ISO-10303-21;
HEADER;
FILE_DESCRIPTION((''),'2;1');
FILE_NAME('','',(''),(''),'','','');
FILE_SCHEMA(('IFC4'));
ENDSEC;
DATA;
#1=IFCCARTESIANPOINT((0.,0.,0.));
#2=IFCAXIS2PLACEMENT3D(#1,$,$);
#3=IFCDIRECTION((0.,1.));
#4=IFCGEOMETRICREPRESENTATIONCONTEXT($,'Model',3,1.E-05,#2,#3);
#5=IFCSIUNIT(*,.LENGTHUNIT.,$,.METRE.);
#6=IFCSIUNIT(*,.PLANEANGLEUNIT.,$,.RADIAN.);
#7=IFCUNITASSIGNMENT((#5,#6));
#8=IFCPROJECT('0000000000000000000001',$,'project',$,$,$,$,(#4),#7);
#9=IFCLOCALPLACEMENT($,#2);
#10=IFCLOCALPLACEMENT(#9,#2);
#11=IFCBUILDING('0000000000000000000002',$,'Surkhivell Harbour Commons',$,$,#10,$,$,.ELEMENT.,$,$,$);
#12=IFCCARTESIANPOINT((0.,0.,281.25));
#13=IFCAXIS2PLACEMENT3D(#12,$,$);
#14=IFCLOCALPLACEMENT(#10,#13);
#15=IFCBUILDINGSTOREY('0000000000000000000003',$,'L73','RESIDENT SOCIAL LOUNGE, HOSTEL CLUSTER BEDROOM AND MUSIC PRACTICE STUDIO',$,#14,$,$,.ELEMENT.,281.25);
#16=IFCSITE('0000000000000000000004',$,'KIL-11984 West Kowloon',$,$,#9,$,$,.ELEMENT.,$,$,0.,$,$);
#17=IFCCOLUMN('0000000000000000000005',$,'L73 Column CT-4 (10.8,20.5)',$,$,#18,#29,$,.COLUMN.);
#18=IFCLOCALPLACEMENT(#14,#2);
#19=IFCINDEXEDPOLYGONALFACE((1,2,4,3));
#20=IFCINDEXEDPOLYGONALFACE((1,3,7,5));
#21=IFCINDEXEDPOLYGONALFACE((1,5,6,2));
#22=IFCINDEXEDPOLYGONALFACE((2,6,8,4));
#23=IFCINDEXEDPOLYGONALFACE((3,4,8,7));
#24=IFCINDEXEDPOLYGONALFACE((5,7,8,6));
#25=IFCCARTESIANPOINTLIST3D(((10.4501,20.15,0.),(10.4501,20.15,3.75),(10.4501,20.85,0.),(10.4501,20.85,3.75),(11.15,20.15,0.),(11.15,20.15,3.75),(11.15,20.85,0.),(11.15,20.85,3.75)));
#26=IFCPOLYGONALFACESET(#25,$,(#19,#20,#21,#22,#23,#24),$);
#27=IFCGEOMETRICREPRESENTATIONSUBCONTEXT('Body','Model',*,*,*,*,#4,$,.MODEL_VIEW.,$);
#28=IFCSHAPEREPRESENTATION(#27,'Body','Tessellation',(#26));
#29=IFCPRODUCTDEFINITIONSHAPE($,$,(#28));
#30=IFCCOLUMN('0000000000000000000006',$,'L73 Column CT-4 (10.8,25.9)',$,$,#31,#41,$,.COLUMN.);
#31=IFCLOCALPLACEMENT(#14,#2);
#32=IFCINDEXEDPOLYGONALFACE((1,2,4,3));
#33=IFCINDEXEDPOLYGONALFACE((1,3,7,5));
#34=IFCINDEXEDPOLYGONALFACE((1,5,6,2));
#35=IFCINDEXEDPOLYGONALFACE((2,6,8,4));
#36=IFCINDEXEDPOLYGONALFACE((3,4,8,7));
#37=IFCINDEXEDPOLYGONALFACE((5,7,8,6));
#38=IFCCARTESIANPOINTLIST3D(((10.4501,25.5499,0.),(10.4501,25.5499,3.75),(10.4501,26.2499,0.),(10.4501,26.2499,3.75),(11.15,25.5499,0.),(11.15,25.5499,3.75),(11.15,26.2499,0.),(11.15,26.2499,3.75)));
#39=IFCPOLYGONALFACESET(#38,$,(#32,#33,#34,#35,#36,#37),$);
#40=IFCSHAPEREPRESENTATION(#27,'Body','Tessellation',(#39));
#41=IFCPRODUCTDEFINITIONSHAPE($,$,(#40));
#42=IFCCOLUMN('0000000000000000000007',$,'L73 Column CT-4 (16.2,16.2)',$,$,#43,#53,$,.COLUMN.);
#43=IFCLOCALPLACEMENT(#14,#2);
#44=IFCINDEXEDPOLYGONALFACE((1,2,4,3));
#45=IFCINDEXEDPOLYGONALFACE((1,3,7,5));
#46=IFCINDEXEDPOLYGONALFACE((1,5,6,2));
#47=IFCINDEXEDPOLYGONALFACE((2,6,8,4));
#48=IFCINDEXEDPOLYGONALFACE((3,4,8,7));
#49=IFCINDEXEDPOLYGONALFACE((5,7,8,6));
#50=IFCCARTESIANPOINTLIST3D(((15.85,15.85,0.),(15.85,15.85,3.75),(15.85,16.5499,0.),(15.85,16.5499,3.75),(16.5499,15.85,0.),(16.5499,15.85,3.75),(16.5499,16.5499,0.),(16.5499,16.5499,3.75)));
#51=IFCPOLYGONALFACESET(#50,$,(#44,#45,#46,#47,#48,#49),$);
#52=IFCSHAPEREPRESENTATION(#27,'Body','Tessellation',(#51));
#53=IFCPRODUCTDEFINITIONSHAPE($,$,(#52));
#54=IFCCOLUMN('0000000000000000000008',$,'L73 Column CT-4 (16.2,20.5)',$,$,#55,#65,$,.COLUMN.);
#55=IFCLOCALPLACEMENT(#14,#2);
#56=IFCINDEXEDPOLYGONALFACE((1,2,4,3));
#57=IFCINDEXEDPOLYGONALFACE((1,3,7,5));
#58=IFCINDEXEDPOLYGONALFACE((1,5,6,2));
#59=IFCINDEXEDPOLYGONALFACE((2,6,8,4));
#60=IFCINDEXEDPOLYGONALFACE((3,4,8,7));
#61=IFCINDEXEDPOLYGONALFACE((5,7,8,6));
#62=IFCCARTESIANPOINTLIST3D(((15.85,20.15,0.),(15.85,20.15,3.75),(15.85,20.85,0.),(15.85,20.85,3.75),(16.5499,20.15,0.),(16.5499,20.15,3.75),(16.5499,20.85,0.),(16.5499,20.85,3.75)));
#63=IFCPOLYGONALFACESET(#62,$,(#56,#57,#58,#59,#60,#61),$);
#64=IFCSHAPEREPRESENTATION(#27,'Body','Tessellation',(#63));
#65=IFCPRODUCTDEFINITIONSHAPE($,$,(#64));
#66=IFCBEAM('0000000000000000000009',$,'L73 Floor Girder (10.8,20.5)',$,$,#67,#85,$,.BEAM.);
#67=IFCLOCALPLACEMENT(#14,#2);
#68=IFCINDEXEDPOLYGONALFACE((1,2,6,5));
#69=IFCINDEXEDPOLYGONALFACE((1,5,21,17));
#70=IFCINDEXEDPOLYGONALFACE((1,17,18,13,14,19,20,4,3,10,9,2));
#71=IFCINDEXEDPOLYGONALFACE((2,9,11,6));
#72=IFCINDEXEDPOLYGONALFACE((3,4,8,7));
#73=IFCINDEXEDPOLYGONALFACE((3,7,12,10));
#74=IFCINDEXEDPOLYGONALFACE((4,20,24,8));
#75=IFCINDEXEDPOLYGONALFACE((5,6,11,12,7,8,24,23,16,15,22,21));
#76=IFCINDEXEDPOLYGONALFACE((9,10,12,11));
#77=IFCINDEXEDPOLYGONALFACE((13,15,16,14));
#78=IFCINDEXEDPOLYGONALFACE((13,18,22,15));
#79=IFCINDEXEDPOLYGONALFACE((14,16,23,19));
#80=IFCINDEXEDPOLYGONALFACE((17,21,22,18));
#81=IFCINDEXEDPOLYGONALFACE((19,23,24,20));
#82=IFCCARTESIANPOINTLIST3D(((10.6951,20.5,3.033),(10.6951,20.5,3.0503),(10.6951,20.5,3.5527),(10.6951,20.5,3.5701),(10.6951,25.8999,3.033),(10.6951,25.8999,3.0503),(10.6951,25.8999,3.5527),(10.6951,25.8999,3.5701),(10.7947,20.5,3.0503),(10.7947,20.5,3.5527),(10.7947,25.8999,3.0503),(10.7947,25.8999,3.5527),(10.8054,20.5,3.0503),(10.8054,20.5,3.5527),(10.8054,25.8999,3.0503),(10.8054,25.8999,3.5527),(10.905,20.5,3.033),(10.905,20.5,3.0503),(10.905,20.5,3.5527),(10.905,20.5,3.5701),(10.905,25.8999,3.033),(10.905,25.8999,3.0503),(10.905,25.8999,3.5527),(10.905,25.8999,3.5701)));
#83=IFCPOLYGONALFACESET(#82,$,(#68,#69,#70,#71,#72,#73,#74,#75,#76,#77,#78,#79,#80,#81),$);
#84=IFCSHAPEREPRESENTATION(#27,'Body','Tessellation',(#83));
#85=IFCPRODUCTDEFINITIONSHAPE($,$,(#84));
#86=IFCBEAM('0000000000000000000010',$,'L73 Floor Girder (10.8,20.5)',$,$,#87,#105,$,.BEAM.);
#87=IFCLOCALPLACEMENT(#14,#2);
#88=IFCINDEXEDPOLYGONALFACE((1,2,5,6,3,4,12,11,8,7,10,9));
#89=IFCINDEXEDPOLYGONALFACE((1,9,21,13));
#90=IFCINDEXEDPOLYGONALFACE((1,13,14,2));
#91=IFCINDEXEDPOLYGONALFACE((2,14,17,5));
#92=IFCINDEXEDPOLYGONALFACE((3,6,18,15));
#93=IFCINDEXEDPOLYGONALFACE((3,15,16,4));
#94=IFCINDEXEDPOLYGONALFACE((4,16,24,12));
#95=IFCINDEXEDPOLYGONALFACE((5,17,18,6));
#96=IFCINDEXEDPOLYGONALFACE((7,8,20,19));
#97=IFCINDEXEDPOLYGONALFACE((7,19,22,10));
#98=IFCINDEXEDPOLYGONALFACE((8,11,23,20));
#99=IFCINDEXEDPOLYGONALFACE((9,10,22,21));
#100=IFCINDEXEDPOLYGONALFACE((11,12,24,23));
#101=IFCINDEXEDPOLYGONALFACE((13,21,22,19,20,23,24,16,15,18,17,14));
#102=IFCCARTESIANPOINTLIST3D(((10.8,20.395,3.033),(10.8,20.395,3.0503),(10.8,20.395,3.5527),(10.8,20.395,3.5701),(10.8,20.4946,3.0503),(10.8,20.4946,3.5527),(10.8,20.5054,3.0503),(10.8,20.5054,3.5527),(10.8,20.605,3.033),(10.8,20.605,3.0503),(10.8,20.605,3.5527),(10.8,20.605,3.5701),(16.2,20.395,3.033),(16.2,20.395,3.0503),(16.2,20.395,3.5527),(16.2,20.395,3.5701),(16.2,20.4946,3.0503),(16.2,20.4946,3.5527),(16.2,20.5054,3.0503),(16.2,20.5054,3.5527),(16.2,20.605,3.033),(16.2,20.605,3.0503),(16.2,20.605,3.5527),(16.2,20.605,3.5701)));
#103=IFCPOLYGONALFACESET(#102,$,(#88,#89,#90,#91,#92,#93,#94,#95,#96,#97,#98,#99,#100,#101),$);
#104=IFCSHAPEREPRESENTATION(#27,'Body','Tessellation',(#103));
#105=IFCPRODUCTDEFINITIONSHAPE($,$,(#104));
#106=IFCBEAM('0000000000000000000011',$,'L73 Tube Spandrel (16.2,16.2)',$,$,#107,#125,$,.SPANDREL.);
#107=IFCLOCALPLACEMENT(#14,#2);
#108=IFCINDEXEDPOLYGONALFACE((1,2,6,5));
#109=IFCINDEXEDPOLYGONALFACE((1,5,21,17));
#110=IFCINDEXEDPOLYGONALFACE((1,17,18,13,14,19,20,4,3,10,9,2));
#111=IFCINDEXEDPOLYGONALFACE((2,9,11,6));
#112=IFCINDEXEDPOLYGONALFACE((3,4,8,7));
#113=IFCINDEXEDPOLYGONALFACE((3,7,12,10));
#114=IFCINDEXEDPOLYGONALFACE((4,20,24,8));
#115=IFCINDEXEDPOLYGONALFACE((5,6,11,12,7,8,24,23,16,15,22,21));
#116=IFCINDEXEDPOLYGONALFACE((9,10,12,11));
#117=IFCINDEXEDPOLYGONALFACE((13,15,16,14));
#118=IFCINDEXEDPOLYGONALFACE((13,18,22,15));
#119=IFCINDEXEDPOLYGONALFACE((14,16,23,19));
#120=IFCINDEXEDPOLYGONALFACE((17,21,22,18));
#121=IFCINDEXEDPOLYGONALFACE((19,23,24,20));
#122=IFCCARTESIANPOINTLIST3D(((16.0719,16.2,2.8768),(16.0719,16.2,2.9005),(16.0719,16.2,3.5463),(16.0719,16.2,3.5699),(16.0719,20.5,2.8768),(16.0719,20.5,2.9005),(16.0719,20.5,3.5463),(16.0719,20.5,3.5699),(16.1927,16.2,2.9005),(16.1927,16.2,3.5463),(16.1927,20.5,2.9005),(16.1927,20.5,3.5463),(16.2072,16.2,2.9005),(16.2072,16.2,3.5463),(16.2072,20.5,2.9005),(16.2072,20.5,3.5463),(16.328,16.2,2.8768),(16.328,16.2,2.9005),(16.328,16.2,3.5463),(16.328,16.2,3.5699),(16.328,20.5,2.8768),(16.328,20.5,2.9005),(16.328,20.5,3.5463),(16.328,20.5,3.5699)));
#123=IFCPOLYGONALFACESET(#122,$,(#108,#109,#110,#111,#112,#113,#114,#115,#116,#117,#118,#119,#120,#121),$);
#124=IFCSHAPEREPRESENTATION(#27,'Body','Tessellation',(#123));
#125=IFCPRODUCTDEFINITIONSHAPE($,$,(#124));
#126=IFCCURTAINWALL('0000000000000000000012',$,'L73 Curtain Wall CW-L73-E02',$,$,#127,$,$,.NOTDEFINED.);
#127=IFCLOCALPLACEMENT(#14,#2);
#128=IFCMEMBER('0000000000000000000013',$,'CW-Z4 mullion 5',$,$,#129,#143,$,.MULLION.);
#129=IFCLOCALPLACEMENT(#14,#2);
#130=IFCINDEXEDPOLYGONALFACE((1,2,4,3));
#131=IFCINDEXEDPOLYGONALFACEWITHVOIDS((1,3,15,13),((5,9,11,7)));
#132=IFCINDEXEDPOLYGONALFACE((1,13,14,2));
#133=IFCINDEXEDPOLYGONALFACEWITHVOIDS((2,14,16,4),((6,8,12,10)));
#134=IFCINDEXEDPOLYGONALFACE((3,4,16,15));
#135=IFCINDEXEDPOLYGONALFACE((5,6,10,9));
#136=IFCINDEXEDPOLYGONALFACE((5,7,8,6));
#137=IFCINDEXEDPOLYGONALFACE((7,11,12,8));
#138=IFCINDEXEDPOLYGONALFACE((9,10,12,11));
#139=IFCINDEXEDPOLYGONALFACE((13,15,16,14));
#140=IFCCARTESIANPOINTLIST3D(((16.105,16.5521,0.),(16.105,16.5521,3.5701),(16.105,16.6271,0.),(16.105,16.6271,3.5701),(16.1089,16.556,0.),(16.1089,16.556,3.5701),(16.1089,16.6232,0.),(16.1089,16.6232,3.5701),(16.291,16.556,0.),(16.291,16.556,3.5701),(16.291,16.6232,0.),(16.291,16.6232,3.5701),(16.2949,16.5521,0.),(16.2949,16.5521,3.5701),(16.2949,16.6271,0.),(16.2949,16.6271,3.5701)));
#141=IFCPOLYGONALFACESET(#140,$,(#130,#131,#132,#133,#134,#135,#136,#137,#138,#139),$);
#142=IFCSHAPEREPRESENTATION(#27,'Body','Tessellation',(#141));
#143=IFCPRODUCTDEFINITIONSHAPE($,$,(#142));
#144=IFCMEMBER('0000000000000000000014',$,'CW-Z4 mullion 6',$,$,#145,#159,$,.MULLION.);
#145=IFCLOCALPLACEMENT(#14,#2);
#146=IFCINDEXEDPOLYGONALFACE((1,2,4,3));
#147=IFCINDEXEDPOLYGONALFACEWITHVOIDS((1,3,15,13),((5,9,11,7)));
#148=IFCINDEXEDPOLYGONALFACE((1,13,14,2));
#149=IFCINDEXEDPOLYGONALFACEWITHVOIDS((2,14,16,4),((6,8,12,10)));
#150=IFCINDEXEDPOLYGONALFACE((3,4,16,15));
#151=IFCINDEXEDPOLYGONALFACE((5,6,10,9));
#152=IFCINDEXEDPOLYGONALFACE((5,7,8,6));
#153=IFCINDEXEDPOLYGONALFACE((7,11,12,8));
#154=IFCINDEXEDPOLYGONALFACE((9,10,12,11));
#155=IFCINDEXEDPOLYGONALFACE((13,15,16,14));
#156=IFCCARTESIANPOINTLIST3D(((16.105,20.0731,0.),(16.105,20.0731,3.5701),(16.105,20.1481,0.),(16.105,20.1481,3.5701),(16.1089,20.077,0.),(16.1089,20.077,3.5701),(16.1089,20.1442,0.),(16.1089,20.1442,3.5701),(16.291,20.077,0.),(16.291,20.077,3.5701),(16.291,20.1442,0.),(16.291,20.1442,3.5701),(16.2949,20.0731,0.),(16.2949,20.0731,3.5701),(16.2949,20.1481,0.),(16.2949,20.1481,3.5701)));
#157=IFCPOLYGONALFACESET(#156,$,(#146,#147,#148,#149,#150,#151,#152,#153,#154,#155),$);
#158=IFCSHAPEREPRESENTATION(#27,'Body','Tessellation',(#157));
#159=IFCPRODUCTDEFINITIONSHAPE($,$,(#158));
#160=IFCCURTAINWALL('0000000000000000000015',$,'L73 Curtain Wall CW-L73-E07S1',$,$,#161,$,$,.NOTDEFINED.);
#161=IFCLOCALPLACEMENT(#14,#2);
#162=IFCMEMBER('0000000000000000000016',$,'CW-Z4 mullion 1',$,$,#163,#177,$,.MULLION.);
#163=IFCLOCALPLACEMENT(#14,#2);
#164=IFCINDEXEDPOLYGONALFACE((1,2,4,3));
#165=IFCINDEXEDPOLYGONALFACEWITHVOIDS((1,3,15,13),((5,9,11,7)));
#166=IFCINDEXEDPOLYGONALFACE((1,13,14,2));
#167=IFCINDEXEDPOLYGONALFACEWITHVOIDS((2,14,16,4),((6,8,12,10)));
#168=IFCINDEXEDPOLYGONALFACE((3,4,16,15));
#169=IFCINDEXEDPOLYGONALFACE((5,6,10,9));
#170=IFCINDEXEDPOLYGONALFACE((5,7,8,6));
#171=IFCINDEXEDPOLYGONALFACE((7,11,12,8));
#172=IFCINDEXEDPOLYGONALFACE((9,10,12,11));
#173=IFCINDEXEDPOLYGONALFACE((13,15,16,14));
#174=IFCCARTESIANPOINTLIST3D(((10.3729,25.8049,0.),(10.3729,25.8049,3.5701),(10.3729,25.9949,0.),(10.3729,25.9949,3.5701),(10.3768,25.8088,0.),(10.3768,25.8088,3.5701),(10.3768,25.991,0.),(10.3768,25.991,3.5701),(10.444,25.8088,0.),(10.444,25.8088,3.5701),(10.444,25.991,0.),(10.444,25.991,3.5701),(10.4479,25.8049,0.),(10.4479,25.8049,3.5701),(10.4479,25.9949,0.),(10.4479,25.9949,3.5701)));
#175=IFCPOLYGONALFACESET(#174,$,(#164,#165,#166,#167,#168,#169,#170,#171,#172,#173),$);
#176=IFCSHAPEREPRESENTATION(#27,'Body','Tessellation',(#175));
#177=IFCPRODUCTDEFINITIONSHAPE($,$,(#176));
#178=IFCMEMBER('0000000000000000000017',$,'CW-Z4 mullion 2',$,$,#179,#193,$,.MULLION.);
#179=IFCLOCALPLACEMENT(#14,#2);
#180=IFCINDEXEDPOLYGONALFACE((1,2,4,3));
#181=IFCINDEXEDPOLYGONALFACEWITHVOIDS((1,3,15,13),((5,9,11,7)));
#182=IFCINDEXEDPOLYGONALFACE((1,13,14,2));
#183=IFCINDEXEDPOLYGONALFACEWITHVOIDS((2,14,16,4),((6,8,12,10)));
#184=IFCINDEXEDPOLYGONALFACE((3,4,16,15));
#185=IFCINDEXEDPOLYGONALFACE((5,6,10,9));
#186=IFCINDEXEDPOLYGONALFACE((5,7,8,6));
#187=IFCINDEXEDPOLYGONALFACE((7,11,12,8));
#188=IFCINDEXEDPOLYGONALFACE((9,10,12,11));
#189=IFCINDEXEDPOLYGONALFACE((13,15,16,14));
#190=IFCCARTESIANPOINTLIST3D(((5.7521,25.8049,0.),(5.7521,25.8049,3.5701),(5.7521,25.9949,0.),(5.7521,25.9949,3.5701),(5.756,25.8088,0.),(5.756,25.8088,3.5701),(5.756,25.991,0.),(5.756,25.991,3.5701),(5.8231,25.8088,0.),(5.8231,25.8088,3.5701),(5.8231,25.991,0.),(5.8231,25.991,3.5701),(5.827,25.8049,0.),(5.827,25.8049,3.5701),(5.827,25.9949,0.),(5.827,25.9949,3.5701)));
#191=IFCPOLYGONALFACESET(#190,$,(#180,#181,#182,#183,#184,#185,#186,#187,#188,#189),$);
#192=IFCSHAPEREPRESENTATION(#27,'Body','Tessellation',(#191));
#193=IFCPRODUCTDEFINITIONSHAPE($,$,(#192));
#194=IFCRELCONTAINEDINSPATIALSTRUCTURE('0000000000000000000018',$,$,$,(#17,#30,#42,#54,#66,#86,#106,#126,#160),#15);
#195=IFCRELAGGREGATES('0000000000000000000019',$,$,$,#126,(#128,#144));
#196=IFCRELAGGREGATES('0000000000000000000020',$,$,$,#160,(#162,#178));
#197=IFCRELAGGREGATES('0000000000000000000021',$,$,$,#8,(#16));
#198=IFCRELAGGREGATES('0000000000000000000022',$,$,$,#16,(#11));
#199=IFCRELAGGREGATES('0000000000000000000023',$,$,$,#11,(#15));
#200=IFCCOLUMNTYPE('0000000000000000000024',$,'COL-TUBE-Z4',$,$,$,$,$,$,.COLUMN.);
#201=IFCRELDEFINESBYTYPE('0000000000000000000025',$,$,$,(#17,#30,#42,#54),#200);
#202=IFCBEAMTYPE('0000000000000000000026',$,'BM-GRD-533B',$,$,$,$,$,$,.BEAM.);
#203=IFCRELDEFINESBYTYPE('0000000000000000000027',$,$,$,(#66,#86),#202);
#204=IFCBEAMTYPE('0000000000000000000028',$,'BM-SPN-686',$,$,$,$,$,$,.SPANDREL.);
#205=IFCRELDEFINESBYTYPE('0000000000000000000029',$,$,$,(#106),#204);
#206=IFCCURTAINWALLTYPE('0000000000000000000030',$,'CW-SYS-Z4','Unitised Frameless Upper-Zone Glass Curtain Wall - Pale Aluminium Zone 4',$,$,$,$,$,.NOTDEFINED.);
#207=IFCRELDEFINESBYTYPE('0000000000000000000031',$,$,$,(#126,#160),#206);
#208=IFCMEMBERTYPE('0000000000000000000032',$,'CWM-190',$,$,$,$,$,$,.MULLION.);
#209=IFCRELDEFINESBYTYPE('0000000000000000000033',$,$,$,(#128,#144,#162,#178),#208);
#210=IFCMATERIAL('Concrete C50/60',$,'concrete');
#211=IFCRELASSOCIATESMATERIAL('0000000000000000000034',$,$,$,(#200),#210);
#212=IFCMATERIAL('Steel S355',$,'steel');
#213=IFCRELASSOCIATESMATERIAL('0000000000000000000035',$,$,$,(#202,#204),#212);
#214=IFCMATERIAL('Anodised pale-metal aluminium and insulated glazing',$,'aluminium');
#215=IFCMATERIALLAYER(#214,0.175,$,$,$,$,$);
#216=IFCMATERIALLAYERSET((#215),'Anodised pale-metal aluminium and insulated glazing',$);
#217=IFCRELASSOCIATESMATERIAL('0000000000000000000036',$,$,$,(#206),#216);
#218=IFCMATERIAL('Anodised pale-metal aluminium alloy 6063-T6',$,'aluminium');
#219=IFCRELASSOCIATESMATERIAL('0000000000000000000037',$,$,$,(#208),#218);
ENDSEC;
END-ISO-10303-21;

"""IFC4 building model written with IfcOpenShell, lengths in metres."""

from ifc_helpers import new_model, si_unit, direction, frame, origin, origin_2d, place, context, subcontext, project, spatial, rectangle, hollow_rectangle, i_section, extrude, material, layer, layer_set, material_profile, profile_set, type_object, element, aggregate, save


model = new_model("IFC4")

# Units and contexts
model_context = context("Model", 3, precision=1e-05, world=origin(), true_north=direction((0.0, 1.0)))
body_context = subcontext(model_context, "Body", "Model", "MODEL_VIEW")
ifc_project = project(units=[si_unit("LENGTHUNIT", "METRE"), si_unit("PLANEANGLEUNIT", "RADIAN")], contexts=[model_context])

# Site, building, storey
site_placement = place(None, origin())
site = spatial("IfcSite", under=ifc_project, at=site_placement, Name="KIL-11984 West Kowloon", CompositionType="ELEMENT", RefElevation=0.0)
building_placement = place(site_placement, origin())
building = spatial("IfcBuilding", under=site, at=building_placement, Name="Surkhivell Harbour Commons", CompositionType="ELEMENT")
storey_placement = place(building_placement, frame((0.0, 0.0, 281.25)))
storey = spatial("IfcBuildingStorey", under=building, at=storey_placement, Name="L73", Description="RESIDENT SOCIAL LOUNGE, HOSTEL CLUSTER BEDROOM AND MUSIC PRACTICE STUDIO", CompositionType="ELEMENT", Elevation=281.25)

# Columns
ifc_material_1 = material(Name="Concrete C50/60", Category="concrete")
ifc_material_profile_1 = material_profile(ifc_material_1, rectangle(XDim=0.7, YDim=0.7, at=origin_2d()), Name="RC-COL-700x700")
ifc_profile_set_1 = profile_set([ifc_material_profile_1], Name="Concrete C50/60")
column_type = type_object("IfcColumnType", Name="COL-TUBE-Z4", PredefinedType="COLUMN", material=ifc_profile_set_1)
for number, where, z_axis, x_axis, name in (
    (1, (10.8, 20.5, 0.0), (0.0, 0.0, 1.0), (1.0, 0.0, 0.0), "L73 Column CT-4 (10.8,20.5)"),
    (2, (10.8, 25.8999, 0.0), (0.0, 0.0, 1.0), (1.0, 0.0, 0.0), "L73 Column CT-4 (10.8,25.9)"),
    (3, (16.2, 16.2, 0.0), (0.0, 0.0, 1.0), (1.0, 0.0, 0.0), "L73 Column CT-4 (16.2,16.2)"),
    (4, (16.2, 20.5, 0.0), (0.0, 0.0, 1.0), (1.0, 0.0, 0.0), "L73 Column CT-4 (16.2,20.5)"),
):
    element("IfcColumn", number, at=place(storey_placement, frame(where, z_axis=z_axis, x_axis=x_axis)), inside=storey, type_object=column_type, Name=name, PredefinedType="COLUMN", context=body_context, shape_type="SweptSolid", body=[
        extrude(rectangle(XDim=0.7, YDim=0.7, at=origin_2d()), origin(), (0.0, 0.0, 1.0), 3.75),
    ])

# Beams
ifc_material_2 = material(Name="Steel S355", Category="steel")
ifc_material_profile_2 = material_profile(ifc_material_2, i_section(OverallWidth=0.21, OverallDepth=0.5371, WebThickness=0.0107, FlangeThickness=0.0173, at=origin_2d()), Name="UB533x210x101")
ifc_profile_set_2 = profile_set([ifc_material_profile_2], Name="Steel S355")
beam_type_1 = type_object("IfcBeamType", Name="BM-GRD-533B", PredefinedType="BEAM", material=ifc_profile_set_2)
for number, where, z_axis, x_axis, name in (
    (5, (10.8, 20.5, 3.3015), (0.0, 1.0, 0.0), (-1.0, 0.0, 0.0), "L73 Floor Girder (10.8,20.5)"),
    (6, (10.8, 20.5, 3.3015), (1.0, 0.0, 0.0), (0.0, 1.0, 0.0), "L73 Floor Girder (10.8,20.5)"),
):
    element("IfcBeam", number, at=place(storey_placement, frame(where, z_axis=z_axis, x_axis=x_axis)), inside=storey, type_object=beam_type_1, Name=name, PredefinedType="BEAM", context=body_context, shape_type="SweptSolid", body=[
        extrude(i_section(OverallWidth=0.21, OverallDepth=0.5371, WebThickness=0.0107, FlangeThickness=0.0173, at=origin_2d()), origin(), (0.0, 0.0, 1.0), 5.3999),
    ])
ifc_material_profile_3 = material_profile(ifc_material_2, i_section(OverallWidth=0.2561, OverallDepth=0.6931, WebThickness=0.0144, FlangeThickness=0.0237, at=origin_2d()), Name="UB686x254x170")
ifc_profile_set_3 = profile_set([ifc_material_profile_3], Name="Steel S355")
beam_type_2 = type_object("IfcBeamType", Name="BM-SPN-686", PredefinedType="SPANDREL", material=ifc_profile_set_3)
beam_placement = place(storey_placement, frame((16.2, 16.2, 3.2234), z_axis=(0.0, 1.0, 0.0), x_axis=(-1.0, 0.0, 0.0)))
element("IfcBeam", 7, at=beam_placement, inside=storey, type_object=beam_type_2, Name="L73 Tube Spandrel (16.2,16.2)", PredefinedType="SPANDREL", context=body_context, shape_type="SweptSolid", body=[
    extrude(i_section(OverallWidth=0.2561, OverallDepth=0.6931, WebThickness=0.0144, FlangeThickness=0.0237, at=origin_2d()), origin(), (0.0, 0.0, 1.0), 4.3),
])

# Curtain walls, members
ifc_material_3 = material(Name="Anodised pale-metal aluminium and insulated glazing", Category="aluminium")
ifc_layer_1 = layer(ifc_material_3, 0.175)
ifc_layer_set_1 = layer_set([ifc_layer_1], Name="Anodised pale-metal aluminium and insulated glazing")
curtain_wall_type = type_object("IfcCurtainWallType", Name="CW-SYS-Z4", Description="Unitised Frameless Upper-Zone Glass Curtain Wall - Pale Aluminium Zone 4", PredefinedType="NOTDEFINED", material=ifc_layer_set_1)
curtain_wall_1_placement = place(storey_placement, origin())
curtain_wall_1 = element("IfcCurtainWall", 8, at=curtain_wall_1_placement, inside=storey, type_object=curtain_wall_type, Name="L73 Curtain Wall CW-L73-E02", PredefinedType="NOTDEFINED")
ifc_material_4 = material(Name="Anodised pale-metal aluminium alloy 6063-T6", Category="aluminium")
ifc_material_profile_4 = material_profile(ifc_material_4, hollow_rectangle(XDim=0.075, YDim=0.1899, WallThickness=0.0039, at=origin_2d()), Name="ALU-MULL-75x190")
ifc_profile_set_4 = profile_set([ifc_material_profile_4], Name="Anodised pale-metal aluminium alloy 6063-T6")
member_type_1 = type_object("IfcMemberType", Name="CWM-190", PredefinedType="MULLION", material=ifc_profile_set_4)
member_1_placement = place(storey_placement, frame((16.2, 16.5896, 0.0), z_axis=(0.0, 0.0, 1.0), x_axis=(0.0, 1.0, 0.0)))
member_1 = element("IfcMember", 9, at=member_1_placement, type_object=member_type_1, Name="CW-Z4 mullion 5", PredefinedType="MULLION", context=body_context, shape_type="SweptSolid", body=[
    extrude(hollow_rectangle(XDim=0.075, YDim=0.1899, WallThickness=0.0039, at=origin_2d()), origin(), (0.0, 0.0, 1.0), 3.5701),
])
member_2_placement = place(storey_placement, frame((16.2, 20.1106, 0.0), z_axis=(0.0, 0.0, 1.0), x_axis=(0.0, 1.0, 0.0)))
member_2 = element("IfcMember", 10, at=member_2_placement, type_object=member_type_1, Name="CW-Z4 mullion 6", PredefinedType="MULLION", context=body_context, shape_type="SweptSolid", body=[
    extrude(hollow_rectangle(XDim=0.075, YDim=0.1899, WallThickness=0.0039, at=origin_2d()), origin(), (0.0, 0.0, 1.0), 3.5701),
])
curtain_wall_2_placement = place(storey_placement, origin())
curtain_wall_2 = element("IfcCurtainWall", 11, at=curtain_wall_2_placement, inside=storey, type_object=curtain_wall_type, Name="L73 Curtain Wall CW-L73-E07S1", PredefinedType="NOTDEFINED")
member_3_placement = place(storey_placement, frame((10.4104, 25.8999, 0.0), z_axis=(0.0, 0.0, 1.0), x_axis=(-1.0, 0.0, 0.0)))
member_3 = element("IfcMember", 12, at=member_3_placement, type_object=member_type_1, Name="CW-Z4 mullion 1", PredefinedType="MULLION", context=body_context, shape_type="SweptSolid", body=[
    extrude(hollow_rectangle(XDim=0.075, YDim=0.1899, WallThickness=0.0039, at=origin_2d()), origin(), (0.0, 0.0, 1.0), 3.5701),
])
member_4_placement = place(storey_placement, frame((5.7896, 25.8999, 0.0), z_axis=(0.0, 0.0, 1.0), x_axis=(-1.0, 0.0, 0.0)))
member_4 = element("IfcMember", 13, at=member_4_placement, type_object=member_type_1, Name="CW-Z4 mullion 2", PredefinedType="MULLION", context=body_context, shape_type="SweptSolid", body=[
    extrude(hollow_rectangle(XDim=0.075, YDim=0.1899, WallThickness=0.0039, at=origin_2d()), origin(), (0.0, 0.0, 1.0), 3.5701),
])

aggregate(curtain_wall_1, [member_1, member_2])
aggregate(curtain_wall_2, [member_3, member_4])

save(model, "model.ifc")
